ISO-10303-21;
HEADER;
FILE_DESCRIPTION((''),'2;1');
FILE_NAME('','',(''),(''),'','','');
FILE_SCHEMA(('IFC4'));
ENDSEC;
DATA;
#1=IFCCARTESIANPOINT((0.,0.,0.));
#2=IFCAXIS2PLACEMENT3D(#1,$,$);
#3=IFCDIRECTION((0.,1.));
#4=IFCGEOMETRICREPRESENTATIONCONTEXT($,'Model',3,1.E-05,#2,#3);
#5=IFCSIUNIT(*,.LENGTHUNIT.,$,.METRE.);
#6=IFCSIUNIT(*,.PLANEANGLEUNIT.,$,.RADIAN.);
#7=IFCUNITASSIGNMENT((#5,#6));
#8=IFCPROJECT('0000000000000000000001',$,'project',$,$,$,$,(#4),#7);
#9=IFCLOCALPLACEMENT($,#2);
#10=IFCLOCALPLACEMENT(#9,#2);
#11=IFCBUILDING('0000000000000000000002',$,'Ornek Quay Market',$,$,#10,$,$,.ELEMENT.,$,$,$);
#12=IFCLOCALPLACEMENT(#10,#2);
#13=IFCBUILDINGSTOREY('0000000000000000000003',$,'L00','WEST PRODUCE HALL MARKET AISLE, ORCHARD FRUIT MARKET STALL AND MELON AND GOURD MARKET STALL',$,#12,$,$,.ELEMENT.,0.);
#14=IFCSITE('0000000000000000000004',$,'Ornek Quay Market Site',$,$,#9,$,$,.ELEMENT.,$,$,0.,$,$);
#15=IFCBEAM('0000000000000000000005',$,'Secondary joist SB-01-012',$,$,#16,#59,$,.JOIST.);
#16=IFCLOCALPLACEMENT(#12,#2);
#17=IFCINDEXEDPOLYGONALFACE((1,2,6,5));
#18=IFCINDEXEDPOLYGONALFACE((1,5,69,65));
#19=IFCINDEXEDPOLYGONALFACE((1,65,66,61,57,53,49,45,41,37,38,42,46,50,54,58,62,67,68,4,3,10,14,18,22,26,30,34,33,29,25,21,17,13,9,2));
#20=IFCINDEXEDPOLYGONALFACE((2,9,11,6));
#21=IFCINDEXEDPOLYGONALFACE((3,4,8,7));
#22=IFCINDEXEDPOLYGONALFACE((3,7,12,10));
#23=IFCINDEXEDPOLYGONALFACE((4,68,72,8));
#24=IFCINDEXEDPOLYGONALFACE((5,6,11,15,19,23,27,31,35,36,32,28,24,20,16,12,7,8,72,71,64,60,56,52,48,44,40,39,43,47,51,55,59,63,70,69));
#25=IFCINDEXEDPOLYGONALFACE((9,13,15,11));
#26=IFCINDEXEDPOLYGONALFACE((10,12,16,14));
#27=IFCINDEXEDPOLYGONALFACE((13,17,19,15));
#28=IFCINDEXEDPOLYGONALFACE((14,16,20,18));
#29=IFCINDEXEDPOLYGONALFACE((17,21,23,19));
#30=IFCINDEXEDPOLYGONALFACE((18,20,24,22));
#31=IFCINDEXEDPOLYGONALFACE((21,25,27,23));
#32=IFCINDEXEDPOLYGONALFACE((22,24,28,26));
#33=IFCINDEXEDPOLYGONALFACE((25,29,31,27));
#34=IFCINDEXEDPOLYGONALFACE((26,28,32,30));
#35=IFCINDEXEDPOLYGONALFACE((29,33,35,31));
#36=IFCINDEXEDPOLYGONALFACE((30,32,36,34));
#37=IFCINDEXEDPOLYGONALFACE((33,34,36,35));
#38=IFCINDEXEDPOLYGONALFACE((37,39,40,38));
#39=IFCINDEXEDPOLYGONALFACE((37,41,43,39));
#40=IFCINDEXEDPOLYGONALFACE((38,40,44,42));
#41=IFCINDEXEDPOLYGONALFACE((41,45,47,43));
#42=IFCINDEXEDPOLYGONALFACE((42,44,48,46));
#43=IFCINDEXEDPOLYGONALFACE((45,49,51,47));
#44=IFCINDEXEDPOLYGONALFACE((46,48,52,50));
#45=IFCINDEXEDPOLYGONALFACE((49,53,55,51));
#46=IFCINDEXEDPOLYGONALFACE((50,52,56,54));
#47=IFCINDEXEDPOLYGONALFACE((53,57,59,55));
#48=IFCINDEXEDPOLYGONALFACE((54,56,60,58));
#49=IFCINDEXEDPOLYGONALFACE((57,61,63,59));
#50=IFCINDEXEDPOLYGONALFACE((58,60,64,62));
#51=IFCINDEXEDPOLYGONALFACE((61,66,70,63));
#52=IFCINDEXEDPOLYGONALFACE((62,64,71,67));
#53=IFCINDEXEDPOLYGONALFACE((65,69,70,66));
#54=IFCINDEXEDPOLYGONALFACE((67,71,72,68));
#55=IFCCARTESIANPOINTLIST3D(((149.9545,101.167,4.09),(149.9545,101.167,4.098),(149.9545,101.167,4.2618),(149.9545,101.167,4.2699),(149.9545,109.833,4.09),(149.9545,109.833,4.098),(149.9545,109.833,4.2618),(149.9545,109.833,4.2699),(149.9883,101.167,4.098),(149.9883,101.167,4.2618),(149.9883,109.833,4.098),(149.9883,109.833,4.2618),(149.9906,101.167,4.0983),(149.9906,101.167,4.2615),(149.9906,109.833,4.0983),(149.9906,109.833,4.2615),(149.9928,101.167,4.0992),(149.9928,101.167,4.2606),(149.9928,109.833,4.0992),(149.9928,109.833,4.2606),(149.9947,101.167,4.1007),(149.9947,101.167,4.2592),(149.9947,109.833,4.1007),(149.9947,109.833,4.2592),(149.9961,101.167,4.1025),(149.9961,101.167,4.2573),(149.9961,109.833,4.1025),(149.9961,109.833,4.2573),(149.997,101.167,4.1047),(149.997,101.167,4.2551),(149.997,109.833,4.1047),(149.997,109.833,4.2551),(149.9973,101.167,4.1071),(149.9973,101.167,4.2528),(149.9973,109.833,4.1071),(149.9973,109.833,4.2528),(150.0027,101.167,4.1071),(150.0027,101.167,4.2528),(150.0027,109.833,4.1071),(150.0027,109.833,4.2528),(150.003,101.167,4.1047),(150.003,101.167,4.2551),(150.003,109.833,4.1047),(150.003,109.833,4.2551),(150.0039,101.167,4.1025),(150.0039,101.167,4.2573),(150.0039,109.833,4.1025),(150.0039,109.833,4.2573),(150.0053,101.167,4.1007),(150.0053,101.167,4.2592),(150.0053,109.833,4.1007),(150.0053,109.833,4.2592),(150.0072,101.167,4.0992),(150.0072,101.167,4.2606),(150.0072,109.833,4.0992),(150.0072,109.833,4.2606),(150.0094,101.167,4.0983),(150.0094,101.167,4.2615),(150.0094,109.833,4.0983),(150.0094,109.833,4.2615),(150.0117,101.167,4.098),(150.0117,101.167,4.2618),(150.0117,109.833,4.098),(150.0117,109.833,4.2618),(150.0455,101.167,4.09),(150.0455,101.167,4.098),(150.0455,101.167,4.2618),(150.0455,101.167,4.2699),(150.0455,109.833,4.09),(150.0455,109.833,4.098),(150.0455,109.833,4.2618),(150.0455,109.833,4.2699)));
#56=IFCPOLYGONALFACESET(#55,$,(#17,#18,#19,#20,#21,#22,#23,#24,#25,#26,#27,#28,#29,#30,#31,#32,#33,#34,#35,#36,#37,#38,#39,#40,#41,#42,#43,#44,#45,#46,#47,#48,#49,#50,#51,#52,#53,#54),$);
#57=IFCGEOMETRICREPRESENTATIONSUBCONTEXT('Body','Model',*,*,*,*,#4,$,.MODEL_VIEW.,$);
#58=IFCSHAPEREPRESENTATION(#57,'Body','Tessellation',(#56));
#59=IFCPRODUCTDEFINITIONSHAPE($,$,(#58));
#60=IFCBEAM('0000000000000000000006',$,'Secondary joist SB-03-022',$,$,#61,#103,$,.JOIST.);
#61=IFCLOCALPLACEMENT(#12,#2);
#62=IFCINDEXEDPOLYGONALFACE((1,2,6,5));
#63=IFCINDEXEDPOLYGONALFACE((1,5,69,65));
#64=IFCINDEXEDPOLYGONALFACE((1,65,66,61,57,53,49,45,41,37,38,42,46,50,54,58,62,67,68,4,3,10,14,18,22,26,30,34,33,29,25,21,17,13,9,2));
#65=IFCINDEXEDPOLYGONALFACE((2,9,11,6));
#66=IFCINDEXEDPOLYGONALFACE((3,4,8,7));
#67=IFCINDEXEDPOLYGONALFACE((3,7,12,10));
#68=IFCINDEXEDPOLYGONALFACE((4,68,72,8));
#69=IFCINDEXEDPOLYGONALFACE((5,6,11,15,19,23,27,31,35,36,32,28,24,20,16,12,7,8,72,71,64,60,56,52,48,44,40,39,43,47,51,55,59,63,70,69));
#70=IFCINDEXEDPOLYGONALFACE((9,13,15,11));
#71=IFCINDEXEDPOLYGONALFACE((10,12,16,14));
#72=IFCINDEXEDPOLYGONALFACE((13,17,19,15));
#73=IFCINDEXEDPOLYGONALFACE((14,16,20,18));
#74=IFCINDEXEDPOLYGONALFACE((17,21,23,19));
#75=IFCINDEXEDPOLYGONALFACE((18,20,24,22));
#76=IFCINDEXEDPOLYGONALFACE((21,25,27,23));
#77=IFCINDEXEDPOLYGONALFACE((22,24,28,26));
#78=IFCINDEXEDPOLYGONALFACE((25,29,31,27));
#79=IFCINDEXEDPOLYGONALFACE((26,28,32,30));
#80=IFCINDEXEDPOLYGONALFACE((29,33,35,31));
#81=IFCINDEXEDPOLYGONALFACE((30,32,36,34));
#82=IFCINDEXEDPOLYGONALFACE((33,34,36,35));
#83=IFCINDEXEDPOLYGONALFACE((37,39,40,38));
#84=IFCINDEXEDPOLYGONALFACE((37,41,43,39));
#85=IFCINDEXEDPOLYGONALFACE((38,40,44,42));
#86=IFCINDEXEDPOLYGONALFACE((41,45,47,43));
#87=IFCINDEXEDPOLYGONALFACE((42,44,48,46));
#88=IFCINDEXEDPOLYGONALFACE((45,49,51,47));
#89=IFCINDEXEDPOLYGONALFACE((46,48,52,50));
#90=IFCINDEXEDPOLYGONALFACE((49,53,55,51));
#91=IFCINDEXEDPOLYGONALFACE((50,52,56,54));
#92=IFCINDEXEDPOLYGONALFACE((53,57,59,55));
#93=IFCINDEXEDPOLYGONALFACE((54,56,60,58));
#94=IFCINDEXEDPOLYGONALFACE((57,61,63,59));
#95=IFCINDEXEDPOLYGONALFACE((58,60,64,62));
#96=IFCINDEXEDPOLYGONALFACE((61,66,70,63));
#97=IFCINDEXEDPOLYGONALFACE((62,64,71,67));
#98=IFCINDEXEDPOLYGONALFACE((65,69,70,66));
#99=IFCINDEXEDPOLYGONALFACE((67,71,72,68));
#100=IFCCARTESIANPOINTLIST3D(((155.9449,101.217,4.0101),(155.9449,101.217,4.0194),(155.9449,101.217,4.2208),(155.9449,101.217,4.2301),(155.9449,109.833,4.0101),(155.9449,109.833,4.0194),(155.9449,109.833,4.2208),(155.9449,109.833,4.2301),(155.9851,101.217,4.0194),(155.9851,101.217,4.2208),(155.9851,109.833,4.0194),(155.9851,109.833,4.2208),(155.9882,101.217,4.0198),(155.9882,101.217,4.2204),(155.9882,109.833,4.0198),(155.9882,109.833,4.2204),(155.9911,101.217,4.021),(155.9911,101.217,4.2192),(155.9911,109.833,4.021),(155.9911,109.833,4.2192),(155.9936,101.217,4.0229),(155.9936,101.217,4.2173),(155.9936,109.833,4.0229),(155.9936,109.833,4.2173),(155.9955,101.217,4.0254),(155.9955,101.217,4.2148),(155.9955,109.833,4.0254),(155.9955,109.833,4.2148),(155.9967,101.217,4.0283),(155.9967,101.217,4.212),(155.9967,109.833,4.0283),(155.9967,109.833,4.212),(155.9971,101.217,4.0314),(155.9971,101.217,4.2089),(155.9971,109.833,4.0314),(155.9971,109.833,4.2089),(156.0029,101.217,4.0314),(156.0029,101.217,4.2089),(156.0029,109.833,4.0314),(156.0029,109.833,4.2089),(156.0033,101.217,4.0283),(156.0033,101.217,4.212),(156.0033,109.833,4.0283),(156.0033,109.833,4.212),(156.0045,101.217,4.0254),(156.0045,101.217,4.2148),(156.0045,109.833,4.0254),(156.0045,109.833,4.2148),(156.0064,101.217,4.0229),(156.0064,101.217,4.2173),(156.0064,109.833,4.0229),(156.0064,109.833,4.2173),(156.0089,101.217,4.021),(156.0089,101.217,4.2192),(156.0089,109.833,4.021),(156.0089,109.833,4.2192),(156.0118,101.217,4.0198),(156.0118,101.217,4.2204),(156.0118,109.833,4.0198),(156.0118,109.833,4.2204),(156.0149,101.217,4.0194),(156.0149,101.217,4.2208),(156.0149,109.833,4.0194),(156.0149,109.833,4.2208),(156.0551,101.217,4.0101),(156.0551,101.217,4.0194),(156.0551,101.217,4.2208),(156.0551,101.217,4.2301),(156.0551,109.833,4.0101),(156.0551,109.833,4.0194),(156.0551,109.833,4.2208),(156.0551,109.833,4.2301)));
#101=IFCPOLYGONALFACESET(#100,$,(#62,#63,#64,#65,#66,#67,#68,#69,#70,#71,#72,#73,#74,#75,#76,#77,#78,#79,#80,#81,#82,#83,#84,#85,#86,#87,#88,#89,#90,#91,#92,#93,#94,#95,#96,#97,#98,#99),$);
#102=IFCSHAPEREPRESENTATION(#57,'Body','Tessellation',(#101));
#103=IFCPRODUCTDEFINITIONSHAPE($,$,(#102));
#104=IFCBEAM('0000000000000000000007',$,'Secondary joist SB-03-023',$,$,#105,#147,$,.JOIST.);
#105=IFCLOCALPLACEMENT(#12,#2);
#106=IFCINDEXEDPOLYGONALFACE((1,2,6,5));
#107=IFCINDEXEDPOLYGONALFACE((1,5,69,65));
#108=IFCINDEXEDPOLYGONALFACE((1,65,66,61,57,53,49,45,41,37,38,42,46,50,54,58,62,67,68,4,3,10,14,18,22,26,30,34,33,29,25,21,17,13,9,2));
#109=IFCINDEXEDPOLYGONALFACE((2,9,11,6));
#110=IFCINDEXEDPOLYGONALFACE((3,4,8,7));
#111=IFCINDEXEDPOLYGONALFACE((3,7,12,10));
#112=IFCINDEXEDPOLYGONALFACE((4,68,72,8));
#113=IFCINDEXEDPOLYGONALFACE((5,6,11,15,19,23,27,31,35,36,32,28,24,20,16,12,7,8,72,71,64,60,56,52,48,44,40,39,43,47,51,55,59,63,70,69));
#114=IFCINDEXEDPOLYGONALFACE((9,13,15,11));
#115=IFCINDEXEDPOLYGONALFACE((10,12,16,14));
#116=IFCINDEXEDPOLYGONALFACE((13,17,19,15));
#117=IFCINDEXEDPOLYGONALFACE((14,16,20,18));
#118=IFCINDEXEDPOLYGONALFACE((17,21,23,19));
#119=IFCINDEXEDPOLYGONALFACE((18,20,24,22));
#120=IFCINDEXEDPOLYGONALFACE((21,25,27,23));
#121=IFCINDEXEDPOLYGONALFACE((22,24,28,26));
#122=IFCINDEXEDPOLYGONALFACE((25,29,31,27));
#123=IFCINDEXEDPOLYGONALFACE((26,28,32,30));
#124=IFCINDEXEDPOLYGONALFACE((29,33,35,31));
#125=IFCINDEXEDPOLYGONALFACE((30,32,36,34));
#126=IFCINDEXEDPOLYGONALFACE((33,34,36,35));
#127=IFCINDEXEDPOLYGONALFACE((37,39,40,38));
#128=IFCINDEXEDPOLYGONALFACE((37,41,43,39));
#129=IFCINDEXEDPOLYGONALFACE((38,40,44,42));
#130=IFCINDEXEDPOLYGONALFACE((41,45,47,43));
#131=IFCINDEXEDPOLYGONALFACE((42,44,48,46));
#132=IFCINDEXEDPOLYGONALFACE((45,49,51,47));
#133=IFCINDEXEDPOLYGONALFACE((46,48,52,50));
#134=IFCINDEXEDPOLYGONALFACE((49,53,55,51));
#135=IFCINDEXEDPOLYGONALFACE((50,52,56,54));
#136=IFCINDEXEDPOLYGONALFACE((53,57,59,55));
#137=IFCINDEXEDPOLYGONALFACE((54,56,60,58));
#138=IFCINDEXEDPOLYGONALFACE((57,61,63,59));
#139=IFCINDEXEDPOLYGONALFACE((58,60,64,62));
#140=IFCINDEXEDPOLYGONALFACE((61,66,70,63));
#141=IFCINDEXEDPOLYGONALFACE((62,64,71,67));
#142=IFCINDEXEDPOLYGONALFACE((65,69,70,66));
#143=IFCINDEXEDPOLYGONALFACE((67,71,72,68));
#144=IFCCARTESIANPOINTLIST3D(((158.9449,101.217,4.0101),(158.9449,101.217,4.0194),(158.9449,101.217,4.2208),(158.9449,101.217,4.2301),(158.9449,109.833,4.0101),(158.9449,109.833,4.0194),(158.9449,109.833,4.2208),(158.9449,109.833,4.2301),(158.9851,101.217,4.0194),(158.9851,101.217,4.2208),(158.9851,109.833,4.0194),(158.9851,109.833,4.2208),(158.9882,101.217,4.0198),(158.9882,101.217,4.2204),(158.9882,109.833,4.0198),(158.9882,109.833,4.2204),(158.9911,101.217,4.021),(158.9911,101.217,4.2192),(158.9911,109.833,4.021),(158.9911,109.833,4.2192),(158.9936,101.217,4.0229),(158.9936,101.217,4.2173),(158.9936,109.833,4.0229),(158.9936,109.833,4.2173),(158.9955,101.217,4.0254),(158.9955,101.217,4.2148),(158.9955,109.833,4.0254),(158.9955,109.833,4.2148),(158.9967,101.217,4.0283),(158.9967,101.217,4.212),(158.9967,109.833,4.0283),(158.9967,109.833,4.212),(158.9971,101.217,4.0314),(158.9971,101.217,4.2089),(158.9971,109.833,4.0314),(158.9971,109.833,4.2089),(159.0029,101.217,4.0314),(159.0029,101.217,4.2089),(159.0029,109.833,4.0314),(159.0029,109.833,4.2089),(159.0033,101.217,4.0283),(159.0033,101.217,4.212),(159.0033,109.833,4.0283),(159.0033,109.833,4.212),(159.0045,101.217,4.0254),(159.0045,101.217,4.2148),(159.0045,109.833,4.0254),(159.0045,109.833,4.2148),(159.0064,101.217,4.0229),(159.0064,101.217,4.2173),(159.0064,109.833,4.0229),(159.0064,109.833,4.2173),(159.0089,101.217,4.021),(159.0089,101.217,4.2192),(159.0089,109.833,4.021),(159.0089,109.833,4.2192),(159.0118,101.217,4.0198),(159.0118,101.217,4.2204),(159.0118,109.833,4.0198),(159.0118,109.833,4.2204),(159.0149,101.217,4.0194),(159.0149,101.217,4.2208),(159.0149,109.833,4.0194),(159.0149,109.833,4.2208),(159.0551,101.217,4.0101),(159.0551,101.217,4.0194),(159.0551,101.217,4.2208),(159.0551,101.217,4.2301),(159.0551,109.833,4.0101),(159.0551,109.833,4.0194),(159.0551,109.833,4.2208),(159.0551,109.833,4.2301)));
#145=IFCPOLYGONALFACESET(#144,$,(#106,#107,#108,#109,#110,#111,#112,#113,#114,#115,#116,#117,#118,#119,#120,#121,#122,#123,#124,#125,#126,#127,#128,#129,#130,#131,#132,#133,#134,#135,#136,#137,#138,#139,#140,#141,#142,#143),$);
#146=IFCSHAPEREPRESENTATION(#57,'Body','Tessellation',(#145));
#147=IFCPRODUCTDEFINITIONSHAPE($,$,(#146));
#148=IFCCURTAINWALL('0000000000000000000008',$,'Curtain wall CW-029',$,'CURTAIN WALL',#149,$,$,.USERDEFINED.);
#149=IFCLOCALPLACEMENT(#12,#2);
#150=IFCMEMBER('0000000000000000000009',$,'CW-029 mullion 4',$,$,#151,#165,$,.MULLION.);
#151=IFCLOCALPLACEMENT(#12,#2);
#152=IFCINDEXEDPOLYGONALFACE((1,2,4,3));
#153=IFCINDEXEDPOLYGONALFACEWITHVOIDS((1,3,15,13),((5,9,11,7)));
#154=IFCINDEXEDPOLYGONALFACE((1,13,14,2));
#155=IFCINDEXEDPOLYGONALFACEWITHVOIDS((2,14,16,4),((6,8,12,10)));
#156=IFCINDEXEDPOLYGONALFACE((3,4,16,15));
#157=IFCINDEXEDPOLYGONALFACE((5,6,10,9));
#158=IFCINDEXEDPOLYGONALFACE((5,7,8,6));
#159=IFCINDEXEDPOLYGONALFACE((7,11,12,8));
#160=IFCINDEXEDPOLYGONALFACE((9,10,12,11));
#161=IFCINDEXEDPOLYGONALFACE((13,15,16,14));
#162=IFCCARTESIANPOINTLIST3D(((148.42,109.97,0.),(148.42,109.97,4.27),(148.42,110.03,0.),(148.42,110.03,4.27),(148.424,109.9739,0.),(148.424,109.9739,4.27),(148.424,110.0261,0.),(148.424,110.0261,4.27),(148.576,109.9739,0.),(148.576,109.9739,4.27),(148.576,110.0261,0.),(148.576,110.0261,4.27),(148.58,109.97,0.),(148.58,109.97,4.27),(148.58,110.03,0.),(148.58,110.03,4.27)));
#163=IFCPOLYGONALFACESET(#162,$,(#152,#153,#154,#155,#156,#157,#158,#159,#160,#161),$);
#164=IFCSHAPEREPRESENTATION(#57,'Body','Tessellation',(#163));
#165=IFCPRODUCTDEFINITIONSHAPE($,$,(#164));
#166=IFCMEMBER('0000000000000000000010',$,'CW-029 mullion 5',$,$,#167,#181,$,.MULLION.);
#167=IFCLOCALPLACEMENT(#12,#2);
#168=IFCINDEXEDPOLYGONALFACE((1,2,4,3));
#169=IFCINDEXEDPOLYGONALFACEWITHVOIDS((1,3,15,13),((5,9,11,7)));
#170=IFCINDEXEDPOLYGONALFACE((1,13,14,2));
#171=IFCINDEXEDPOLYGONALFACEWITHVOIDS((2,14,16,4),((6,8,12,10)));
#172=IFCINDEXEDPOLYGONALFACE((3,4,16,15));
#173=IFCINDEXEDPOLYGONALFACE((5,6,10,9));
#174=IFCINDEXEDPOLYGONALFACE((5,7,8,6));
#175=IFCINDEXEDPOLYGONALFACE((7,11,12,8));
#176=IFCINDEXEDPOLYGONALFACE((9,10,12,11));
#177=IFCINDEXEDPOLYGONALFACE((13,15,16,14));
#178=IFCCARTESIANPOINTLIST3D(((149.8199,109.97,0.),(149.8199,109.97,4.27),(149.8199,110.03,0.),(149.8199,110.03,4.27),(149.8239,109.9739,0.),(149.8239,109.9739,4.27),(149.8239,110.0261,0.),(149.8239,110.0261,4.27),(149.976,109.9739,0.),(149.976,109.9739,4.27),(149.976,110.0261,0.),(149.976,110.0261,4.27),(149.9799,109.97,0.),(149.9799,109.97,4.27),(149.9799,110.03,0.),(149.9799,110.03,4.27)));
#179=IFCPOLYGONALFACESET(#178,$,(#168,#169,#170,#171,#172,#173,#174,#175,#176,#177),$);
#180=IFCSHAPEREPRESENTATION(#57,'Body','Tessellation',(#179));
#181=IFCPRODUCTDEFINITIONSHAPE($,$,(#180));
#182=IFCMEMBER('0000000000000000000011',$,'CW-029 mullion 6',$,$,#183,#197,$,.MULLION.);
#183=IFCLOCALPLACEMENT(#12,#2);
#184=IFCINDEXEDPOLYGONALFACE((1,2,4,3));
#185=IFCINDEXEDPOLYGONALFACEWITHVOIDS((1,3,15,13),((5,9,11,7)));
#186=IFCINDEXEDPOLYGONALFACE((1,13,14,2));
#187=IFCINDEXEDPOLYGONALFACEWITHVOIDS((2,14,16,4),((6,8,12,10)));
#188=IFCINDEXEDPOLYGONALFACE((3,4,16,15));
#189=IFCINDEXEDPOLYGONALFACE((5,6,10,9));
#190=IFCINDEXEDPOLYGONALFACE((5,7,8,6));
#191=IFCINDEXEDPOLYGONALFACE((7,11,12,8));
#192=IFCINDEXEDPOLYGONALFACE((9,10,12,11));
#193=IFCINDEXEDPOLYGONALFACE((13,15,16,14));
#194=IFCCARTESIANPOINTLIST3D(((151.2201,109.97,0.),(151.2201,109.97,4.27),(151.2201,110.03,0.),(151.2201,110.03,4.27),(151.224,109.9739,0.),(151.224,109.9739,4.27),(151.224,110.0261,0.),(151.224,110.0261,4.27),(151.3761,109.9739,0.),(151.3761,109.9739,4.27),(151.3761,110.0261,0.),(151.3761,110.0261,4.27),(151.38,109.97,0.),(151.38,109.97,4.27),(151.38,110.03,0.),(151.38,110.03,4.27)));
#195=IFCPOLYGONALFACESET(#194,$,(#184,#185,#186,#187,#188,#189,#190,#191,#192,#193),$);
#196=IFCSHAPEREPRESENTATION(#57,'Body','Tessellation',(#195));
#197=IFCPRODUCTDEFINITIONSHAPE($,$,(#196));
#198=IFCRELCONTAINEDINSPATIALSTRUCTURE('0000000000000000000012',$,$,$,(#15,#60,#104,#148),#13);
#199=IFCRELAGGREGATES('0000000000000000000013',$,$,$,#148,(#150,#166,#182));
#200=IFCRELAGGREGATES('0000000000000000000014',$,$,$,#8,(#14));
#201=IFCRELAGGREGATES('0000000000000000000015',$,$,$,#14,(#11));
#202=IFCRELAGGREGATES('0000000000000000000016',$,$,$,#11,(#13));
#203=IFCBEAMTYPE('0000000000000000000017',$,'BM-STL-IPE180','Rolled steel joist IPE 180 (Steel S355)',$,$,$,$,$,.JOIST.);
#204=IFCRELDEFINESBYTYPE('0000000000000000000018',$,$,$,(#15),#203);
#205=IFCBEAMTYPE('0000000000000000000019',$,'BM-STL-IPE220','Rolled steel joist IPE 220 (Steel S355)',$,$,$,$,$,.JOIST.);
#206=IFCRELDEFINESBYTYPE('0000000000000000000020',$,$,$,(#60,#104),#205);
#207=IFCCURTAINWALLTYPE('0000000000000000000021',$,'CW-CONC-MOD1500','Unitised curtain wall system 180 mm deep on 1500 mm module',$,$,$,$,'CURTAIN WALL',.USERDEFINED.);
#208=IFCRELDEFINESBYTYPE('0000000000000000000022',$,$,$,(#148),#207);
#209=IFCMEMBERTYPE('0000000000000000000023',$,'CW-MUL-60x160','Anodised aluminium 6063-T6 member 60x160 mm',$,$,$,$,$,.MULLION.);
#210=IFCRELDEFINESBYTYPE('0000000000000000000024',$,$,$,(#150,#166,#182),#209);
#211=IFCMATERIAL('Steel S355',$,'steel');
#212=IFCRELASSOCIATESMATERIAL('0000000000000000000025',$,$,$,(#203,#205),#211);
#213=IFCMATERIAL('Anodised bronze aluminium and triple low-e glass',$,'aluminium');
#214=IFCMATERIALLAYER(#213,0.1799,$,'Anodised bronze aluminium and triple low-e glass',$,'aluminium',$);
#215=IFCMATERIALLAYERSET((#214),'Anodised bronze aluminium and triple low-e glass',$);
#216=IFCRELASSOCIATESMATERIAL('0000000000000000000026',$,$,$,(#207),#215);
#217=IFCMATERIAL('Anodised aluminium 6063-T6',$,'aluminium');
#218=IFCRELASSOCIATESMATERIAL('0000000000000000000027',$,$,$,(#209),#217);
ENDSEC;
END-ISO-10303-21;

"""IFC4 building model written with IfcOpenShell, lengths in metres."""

from ifc_helpers import new_model, si_unit, direction, frame, origin, origin_2d, place, context, subcontext, project, spatial, hollow_rectangle, i_section, extrude, material, layer, layer_set, material_profile, profile_set, type_object, element, aggregate, save


model = new_model("IFC4")

# Units and contexts
model_context = context("Model", 3, precision=1e-05, world=origin(), true_north=direction((0.0, 1.0)))
body_context = subcontext(model_context, "Body", "Model", "MODEL_VIEW")
ifc_project = project(units=[si_unit("LENGTHUNIT", "METRE"), si_unit("PLANEANGLEUNIT", "RADIAN")], contexts=[model_context])

# Site, building, storey
site_placement = place(None, origin())
site = spatial("IfcSite", under=ifc_project, at=site_placement, Name="Ornek Quay Market Site", CompositionType="ELEMENT", RefElevation=0.0)
building_placement = place(site_placement, origin())
building = spatial("IfcBuilding", under=site, at=building_placement, Name="Ornek Quay Market", CompositionType="ELEMENT")
storey_placement = place(building_placement, origin())
storey = spatial("IfcBuildingStorey", under=building, at=storey_placement, Name="L00", Description="WEST PRODUCE HALL MARKET AISLE, ORCHARD FRUIT MARKET STALL AND MELON AND GOURD MARKET STALL", CompositionType="ELEMENT", Elevation=0.0)

# Beams
ifc_material_1 = material(Name="Steel S355", Category="steel")
ifc_material_profile_1 = material_profile(ifc_material_1, i_section(OverallWidth=0.0911, OverallDepth=0.1799, WebThickness=0.0054, FlangeThickness=0.0081, FilletRadius=0.009, at=origin_2d()), Name="IPE 180", Category="steel")
ifc_profile_set_1 = profile_set([ifc_material_profile_1], Name="Steel S355")
beam_type_1 = type_object("IfcBeamType", Name="BM-STL-IPE180", Description="Rolled steel joist IPE 180 (Steel S355)", PredefinedType="JOIST", material=ifc_profile_set_1)
beam_1_placement = place(storey_placement, frame((150.0, 101.167, 4.1799), z_axis=(0.0, 1.0, 0.0), x_axis=(-1.0, 0.0, 0.0)))
element("IfcBeam", 1, at=beam_1_placement, inside=storey, type_object=beam_type_1, Name="Secondary joist SB-01-012", PredefinedType="JOIST", context=body_context, shape_type="SweptSolid", body=[
    extrude(i_section(OverallWidth=0.0911, OverallDepth=0.1799, WebThickness=0.0054, FlangeThickness=0.0081, FilletRadius=0.009, at=origin_2d()), origin(), (0.0, 0.0, 1.0), 8.666),
])
ifc_material_profile_2 = material_profile(ifc_material_1, i_section(OverallWidth=0.1101, OverallDepth=0.22, WebThickness=0.0059, FlangeThickness=0.0093, FilletRadius=0.012, at=origin_2d()), Name="IPE 220", Category="steel")
ifc_profile_set_2 = profile_set([ifc_material_profile_2], Name="Steel S355")
beam_type_2 = type_object("IfcBeamType", Name="BM-STL-IPE220", Description="Rolled steel joist IPE 220 (Steel S355)", PredefinedType="JOIST", material=ifc_profile_set_2)
for number, where, z_axis, x_axis, name in (
    (2, (156.0, 101.217, 4.1201), (0.0, 1.0, 0.0), (-1.0, 0.0, 0.0), "Secondary joist SB-03-022"),
    (3, (159.0, 101.217, 4.1201), (0.0, 1.0, 0.0), (-1.0, 0.0, 0.0), "Secondary joist SB-03-023"),
):
    element("IfcBeam", number, at=place(storey_placement, frame(where, z_axis=z_axis, x_axis=x_axis)), inside=storey, type_object=beam_type_2, Name=name, PredefinedType="JOIST", context=body_context, shape_type="SweptSolid", body=[
        extrude(i_section(OverallWidth=0.1101, OverallDepth=0.22, WebThickness=0.0059, FlangeThickness=0.0093, FilletRadius=0.012, at=origin_2d()), origin(), (0.0, 0.0, 1.0), 8.616),
    ])

# Curtain wall, members
ifc_material_2 = material(Name="Anodised bronze aluminium and triple low-e glass", Category="aluminium")
ifc_layer_1 = layer(ifc_material_2, 0.1799, Name="Anodised bronze aluminium and triple low-e glass", Category="aluminium")
ifc_layer_set_1 = layer_set([ifc_layer_1], Name="Anodised bronze aluminium and triple low-e glass")
curtain_wall_type = type_object("IfcCurtainWallType", Name="CW-CONC-MOD1500", Description="Unitised curtain wall system 180 mm deep on 1500 mm module", ElementType="CURTAIN WALL", PredefinedType="USERDEFINED", material=ifc_layer_set_1)
curtain_wall_placement = place(storey_placement, origin())
curtain_wall = element("IfcCurtainWall", 4, at=curtain_wall_placement, inside=storey, type_object=curtain_wall_type, Name="Curtain wall CW-029", ObjectType="CURTAIN WALL", PredefinedType="USERDEFINED")
ifc_material_3 = material(Name="Anodised aluminium 6063-T6", Category="aluminium")
ifc_material_profile_3 = material_profile(ifc_material_3, hollow_rectangle(XDim=0.0601, YDim=0.1599, WallThickness=0.0039, at=origin_2d()), Name="CW-MUL-60x160", Category="aluminium")
ifc_profile_set_3 = profile_set([ifc_material_profile_3], Name="Anodised aluminium 6063-T6")
member_type_1 = type_object("IfcMemberType", Name="CW-MUL-60x160", Description="Anodised aluminium 6063-T6 member 60x160 mm", PredefinedType="MULLION", material=ifc_profile_set_3)
member_1_placement = place(storey_placement, frame((148.5, 110.0, 0.0), z_axis=(0.0, 0.0, 1.0), x_axis=(0.0, 1.0, 0.0)))
member_1 = element("IfcMember", 5, at=member_1_placement, type_object=member_type_1, Name="CW-029 mullion 4", PredefinedType="MULLION", context=body_context, shape_type="SweptSolid", body=[
    extrude(hollow_rectangle(XDim=0.0601, YDim=0.1599, WallThickness=0.0039, at=origin_2d()), origin(), (0.0, 0.0, 1.0), 4.27),
])
member_2_placement = place(storey_placement, frame((149.8999, 110.0, 0.0), z_axis=(0.0, 0.0, 1.0), x_axis=(0.0, 1.0, 0.0)))
member_2 = element("IfcMember", 6, at=member_2_placement, type_object=member_type_1, Name="CW-029 mullion 5", PredefinedType="MULLION", context=body_context, shape_type="SweptSolid", body=[
    extrude(hollow_rectangle(XDim=0.0601, YDim=0.1599, WallThickness=0.0039, at=origin_2d()), origin(), (0.0, 0.0, 1.0), 4.27),
])
member_3_placement = place(storey_placement, frame((151.3, 110.0, 0.0), z_axis=(0.0, 0.0, 1.0), x_axis=(0.0, 1.0, 0.0)))
member_3 = element("IfcMember", 7, at=member_3_placement, type_object=member_type_1, Name="CW-029 mullion 6", PredefinedType="MULLION", context=body_context, shape_type="SweptSolid", body=[
    extrude(hollow_rectangle(XDim=0.0601, YDim=0.1599, WallThickness=0.0039, at=origin_2d()), origin(), (0.0, 0.0, 1.0), 4.27),
])
aggregate(curtain_wall, [member_1, member_2, member_3])

save(model, "model.ifc")
